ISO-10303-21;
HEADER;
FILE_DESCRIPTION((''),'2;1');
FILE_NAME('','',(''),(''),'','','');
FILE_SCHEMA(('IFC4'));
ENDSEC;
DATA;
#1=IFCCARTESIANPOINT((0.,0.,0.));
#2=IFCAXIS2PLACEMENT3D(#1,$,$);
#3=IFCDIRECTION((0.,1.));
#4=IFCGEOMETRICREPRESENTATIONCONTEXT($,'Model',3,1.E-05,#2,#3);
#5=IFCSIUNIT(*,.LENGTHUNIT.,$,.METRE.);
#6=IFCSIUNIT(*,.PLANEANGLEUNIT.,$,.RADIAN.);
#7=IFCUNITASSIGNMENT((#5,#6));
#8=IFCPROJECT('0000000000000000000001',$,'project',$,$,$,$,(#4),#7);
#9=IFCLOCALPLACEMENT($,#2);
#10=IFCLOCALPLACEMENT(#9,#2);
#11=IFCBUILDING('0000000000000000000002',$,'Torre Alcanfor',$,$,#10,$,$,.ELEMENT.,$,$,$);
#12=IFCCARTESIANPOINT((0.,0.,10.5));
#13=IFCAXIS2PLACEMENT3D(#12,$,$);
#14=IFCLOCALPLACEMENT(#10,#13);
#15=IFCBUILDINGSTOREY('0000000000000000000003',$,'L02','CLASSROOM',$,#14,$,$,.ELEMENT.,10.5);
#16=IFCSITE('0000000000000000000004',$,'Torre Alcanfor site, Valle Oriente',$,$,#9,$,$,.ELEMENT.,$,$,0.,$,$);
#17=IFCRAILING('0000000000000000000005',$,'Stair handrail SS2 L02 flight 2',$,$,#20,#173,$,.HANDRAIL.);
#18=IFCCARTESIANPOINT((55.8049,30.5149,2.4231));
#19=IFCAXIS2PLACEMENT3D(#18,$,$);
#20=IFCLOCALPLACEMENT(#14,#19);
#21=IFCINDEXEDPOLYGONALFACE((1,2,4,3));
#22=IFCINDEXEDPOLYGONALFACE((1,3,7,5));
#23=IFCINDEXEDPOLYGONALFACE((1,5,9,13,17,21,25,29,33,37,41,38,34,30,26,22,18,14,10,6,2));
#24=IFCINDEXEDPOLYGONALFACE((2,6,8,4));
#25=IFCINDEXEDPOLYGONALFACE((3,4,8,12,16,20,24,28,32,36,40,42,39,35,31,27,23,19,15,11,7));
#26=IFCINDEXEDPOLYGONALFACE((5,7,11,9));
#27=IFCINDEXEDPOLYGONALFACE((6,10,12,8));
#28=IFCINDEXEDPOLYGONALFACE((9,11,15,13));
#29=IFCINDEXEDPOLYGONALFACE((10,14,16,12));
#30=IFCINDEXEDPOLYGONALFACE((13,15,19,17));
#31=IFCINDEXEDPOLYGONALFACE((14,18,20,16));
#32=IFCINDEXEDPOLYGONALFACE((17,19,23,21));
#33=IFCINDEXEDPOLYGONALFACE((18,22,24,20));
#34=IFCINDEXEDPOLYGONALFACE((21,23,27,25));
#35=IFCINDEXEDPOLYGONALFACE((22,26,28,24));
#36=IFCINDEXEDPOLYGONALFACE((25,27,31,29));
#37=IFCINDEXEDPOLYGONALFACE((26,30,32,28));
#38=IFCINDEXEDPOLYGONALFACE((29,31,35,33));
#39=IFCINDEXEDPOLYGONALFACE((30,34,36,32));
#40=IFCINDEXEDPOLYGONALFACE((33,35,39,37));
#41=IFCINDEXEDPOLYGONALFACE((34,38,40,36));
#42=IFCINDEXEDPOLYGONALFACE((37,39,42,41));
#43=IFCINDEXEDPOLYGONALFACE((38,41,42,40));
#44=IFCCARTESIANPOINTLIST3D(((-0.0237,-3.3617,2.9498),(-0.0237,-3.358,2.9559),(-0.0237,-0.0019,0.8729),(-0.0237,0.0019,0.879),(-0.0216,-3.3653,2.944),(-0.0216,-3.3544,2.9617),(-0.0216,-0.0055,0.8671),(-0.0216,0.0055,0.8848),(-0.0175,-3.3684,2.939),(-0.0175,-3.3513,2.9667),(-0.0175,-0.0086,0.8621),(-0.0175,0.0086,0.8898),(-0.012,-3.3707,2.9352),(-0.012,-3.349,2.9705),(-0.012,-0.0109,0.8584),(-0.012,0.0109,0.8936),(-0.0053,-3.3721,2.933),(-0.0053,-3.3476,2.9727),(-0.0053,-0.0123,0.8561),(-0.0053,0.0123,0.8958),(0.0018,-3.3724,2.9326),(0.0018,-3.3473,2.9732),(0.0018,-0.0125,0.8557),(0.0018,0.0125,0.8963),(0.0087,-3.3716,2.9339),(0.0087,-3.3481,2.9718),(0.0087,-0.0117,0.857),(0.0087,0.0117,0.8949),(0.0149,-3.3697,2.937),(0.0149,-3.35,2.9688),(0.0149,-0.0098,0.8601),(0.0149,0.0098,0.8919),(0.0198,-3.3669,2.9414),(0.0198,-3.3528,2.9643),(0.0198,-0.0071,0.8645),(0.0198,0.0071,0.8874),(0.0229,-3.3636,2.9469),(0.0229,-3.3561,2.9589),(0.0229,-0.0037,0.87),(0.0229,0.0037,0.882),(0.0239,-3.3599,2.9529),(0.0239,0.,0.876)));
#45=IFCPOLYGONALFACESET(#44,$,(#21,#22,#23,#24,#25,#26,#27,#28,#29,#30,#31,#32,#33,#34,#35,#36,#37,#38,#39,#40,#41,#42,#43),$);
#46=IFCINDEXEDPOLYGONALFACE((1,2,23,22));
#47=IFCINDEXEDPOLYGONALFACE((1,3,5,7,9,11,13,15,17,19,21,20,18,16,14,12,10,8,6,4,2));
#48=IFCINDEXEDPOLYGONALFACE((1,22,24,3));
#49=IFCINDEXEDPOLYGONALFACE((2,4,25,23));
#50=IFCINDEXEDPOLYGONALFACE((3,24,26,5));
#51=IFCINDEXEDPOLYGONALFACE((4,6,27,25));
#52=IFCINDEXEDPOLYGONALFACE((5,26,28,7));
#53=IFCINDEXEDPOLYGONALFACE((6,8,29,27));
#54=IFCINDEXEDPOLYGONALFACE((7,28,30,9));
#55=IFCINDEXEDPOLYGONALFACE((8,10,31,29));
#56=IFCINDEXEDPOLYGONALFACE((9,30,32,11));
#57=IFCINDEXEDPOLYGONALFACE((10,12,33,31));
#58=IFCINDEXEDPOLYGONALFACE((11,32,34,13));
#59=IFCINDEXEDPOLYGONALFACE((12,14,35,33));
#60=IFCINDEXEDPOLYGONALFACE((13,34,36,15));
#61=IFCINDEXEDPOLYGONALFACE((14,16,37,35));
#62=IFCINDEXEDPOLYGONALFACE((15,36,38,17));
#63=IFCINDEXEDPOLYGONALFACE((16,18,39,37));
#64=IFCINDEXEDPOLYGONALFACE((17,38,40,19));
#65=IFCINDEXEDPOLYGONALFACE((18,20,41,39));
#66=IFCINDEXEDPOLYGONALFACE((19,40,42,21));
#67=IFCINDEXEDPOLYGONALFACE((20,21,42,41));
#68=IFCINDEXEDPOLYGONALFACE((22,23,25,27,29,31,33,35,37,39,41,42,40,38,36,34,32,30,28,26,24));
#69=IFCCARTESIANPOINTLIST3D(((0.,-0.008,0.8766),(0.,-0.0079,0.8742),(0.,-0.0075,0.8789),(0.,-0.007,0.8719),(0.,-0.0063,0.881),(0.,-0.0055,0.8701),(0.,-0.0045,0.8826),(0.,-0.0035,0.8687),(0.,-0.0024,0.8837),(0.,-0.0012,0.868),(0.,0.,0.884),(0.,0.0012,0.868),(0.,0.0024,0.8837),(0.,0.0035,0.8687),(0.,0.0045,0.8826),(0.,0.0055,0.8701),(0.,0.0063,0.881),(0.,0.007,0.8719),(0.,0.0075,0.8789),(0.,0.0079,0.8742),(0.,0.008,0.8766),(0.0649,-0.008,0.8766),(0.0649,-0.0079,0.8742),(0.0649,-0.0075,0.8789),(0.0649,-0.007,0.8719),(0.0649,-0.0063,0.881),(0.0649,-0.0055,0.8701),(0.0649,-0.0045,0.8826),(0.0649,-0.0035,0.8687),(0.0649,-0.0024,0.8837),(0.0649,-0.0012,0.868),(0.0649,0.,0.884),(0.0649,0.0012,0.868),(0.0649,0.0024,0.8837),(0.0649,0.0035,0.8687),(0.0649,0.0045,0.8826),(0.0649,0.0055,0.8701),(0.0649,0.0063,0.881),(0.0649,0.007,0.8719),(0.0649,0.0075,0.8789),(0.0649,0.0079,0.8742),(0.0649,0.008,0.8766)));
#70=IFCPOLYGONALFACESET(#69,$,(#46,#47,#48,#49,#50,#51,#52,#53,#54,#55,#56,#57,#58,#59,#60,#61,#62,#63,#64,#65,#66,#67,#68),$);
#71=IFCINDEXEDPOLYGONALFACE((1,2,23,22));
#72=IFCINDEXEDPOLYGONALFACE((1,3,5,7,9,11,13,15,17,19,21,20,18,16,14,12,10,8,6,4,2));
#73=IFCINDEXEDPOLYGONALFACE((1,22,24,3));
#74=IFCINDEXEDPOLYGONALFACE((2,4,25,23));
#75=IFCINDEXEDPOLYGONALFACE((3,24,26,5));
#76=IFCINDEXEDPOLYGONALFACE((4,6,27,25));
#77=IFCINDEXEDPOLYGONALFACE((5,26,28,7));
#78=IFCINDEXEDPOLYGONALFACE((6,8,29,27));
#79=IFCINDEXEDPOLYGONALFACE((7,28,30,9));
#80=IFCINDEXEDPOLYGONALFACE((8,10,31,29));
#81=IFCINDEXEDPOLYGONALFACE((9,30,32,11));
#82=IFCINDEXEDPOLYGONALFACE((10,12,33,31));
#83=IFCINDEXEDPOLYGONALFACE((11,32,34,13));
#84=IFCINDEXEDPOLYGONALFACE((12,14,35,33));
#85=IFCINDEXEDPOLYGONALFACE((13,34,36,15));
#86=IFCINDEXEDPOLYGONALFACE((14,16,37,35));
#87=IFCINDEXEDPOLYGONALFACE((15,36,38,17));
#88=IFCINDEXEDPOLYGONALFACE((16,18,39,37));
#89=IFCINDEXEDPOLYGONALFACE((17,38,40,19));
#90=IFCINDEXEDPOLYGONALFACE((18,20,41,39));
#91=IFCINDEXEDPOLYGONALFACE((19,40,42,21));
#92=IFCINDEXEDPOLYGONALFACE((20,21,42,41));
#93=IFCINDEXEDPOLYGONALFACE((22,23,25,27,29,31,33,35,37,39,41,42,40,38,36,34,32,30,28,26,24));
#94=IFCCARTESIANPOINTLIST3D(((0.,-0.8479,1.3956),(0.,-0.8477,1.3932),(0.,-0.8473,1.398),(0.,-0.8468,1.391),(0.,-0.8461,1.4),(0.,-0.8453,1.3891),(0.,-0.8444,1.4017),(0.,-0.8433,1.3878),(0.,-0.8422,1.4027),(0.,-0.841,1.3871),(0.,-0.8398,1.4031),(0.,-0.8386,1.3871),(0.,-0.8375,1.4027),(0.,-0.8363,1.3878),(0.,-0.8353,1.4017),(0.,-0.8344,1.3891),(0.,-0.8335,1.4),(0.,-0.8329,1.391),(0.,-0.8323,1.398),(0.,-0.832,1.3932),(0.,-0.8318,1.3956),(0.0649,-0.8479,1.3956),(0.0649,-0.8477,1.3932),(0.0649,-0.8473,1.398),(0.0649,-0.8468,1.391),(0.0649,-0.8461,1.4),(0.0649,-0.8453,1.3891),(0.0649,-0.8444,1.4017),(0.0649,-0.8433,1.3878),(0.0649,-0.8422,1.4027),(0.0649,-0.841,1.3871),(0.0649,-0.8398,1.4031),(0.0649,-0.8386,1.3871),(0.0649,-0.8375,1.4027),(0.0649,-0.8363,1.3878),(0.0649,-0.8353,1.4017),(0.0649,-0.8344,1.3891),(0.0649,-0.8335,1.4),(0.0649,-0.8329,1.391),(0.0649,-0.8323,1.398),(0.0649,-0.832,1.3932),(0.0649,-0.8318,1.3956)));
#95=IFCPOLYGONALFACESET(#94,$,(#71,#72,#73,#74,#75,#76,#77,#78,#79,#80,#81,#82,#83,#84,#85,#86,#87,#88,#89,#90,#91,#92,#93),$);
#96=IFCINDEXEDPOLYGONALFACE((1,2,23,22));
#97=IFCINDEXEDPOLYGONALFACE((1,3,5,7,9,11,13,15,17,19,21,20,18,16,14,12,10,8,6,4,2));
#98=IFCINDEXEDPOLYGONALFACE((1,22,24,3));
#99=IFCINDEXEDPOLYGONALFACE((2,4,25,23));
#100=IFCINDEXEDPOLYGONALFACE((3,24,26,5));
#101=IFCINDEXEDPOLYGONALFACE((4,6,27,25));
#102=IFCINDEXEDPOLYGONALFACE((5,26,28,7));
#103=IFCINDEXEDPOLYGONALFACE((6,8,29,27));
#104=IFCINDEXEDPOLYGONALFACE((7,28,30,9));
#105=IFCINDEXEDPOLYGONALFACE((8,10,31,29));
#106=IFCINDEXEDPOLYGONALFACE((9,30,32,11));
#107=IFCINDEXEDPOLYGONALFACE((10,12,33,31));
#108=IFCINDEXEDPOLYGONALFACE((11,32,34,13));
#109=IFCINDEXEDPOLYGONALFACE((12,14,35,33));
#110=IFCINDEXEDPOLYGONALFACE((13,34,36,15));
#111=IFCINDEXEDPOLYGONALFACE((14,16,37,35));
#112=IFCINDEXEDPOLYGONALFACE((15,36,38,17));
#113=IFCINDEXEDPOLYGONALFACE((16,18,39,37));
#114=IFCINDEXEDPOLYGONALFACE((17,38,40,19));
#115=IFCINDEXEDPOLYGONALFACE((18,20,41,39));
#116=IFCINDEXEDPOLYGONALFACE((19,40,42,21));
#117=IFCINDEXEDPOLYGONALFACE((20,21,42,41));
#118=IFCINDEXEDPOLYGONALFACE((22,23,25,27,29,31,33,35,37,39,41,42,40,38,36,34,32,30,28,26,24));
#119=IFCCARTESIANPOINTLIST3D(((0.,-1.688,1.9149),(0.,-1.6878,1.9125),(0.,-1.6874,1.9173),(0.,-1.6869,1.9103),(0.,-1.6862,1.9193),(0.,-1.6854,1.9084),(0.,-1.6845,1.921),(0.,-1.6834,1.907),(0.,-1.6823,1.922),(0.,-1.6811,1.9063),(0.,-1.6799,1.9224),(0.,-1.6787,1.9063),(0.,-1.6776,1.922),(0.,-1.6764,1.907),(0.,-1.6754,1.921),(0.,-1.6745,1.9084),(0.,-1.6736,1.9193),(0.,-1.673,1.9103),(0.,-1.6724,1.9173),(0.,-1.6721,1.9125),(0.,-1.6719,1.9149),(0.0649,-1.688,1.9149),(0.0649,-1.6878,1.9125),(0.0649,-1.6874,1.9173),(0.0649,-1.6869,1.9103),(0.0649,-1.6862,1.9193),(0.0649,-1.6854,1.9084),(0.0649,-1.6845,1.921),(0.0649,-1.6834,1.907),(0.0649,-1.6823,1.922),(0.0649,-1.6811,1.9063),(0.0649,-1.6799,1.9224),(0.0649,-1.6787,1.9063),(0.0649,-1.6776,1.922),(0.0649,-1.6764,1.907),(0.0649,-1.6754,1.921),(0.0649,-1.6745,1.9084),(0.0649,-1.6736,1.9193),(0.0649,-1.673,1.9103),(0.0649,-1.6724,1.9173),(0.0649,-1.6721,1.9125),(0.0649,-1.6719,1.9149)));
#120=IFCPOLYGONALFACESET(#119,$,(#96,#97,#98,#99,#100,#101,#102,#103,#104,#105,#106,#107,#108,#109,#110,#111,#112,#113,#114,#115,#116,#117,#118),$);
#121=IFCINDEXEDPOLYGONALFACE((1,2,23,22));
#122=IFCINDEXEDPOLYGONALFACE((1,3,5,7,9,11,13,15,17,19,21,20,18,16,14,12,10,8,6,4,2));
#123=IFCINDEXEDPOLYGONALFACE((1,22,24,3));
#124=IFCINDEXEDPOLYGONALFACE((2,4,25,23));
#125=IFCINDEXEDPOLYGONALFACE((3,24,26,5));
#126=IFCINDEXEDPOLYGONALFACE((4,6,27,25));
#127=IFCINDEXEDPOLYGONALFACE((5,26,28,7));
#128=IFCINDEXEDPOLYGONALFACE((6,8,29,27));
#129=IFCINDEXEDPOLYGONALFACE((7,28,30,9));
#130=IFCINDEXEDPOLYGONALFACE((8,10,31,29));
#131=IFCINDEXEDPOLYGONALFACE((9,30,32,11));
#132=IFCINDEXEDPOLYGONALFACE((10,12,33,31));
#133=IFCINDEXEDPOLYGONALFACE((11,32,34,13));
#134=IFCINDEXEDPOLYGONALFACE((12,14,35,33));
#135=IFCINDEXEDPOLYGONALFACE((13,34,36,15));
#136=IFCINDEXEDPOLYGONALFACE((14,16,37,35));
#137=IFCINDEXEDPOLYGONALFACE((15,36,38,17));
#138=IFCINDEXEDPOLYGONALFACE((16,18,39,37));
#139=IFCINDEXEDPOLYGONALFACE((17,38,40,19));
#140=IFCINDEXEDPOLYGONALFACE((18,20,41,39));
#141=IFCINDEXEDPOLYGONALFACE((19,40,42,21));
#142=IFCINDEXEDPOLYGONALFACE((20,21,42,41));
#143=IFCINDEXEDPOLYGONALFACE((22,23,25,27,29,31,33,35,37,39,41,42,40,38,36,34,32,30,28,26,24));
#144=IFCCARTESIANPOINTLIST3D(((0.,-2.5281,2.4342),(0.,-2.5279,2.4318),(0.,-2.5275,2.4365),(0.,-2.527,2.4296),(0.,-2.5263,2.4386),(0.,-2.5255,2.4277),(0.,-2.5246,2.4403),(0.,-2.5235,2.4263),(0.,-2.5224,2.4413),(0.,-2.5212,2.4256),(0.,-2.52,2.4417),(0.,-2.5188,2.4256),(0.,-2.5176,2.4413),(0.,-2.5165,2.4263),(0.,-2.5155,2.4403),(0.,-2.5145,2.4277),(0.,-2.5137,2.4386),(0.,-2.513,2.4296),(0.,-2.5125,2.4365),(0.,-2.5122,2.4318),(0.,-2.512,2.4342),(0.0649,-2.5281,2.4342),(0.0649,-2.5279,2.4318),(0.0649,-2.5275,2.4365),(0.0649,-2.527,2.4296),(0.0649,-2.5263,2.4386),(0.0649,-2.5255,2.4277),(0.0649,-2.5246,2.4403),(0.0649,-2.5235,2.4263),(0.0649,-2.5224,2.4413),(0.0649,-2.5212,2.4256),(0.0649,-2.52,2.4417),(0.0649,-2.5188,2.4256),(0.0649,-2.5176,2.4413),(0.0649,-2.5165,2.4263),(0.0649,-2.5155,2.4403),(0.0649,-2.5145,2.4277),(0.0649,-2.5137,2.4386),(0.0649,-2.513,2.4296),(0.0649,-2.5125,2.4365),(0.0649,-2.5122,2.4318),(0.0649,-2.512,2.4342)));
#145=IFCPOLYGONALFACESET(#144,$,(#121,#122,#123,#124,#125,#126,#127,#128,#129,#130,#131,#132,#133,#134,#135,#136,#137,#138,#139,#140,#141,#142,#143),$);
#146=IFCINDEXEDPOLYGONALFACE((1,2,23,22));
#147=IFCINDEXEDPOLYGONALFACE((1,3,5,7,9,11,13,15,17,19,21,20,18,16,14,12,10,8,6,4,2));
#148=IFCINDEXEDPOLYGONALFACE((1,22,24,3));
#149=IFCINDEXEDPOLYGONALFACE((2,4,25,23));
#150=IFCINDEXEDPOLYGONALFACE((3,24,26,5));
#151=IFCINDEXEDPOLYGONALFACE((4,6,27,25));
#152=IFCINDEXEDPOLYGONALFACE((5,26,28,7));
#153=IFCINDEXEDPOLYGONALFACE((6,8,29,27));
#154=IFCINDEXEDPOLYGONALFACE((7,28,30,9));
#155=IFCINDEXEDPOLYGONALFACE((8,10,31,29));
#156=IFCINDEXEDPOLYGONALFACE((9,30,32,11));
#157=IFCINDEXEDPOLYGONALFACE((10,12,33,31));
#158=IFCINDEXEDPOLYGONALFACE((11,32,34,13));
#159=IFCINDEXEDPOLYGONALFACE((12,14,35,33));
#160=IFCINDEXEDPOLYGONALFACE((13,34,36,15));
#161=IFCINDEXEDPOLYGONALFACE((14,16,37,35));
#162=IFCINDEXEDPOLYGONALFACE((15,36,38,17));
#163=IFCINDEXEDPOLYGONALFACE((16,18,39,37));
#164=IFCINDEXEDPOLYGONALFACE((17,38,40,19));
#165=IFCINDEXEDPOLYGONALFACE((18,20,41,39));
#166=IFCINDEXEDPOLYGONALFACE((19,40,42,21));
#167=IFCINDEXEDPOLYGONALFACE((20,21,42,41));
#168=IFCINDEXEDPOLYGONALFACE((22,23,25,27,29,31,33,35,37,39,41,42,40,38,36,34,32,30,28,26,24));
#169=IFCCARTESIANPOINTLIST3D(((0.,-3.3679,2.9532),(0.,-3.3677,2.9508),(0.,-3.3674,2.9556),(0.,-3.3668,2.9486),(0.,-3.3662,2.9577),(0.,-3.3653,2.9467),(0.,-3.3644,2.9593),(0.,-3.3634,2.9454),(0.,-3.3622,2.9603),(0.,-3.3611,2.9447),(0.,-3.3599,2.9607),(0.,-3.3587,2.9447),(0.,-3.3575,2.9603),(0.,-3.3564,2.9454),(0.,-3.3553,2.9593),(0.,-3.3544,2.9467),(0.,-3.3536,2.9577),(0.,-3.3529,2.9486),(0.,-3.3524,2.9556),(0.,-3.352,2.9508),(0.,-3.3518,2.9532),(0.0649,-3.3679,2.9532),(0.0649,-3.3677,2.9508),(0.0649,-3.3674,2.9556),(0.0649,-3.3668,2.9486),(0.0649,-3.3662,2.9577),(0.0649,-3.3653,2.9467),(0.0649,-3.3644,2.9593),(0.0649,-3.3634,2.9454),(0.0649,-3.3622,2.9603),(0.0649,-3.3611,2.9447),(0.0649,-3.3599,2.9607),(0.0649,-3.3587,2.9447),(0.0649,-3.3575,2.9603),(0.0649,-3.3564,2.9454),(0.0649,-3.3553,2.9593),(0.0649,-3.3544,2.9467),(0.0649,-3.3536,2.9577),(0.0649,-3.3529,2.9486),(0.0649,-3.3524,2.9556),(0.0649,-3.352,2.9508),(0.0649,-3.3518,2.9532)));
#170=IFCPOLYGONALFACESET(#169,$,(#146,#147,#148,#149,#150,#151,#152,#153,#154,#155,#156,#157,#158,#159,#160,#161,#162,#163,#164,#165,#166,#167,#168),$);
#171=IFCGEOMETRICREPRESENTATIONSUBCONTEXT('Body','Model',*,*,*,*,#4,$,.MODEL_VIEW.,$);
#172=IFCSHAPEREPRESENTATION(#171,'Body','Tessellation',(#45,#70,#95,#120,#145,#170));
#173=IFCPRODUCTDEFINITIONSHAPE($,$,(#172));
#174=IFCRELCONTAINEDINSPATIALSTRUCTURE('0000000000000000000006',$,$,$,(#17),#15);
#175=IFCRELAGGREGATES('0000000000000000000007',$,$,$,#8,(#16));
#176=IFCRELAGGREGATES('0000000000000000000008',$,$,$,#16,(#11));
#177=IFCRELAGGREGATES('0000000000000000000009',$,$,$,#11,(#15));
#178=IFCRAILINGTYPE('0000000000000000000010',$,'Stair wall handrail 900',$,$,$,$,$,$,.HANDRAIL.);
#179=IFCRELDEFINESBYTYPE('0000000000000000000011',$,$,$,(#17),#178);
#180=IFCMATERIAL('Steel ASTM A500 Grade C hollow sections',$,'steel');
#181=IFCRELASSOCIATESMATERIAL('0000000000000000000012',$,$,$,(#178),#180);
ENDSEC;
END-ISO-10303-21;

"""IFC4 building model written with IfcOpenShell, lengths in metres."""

from ifc_helpers import new_model, si_unit, direction, frame, origin, origin_2d, place, context, subcontext, project, spatial, circle, extrude, material, type_object, element, save


model = new_model("IFC4")

# Units and contexts
model_context = context("Model", 3, precision=1e-05, world=origin(), true_north=direction((0.0, 1.0)))
body_context = subcontext(model_context, "Body", "Model", "MODEL_VIEW")
ifc_project = project(units=[si_unit("LENGTHUNIT", "METRE"), si_unit("PLANEANGLEUNIT", "RADIAN")], contexts=[model_context])

# Site, building, storey
site_placement = place(None, origin())
site = spatial("IfcSite", under=ifc_project, at=site_placement, Name="Torre Alcanfor site, Valle Oriente", CompositionType="ELEMENT", RefElevation=0.0)
building_placement = place(site_placement, origin())
building = spatial("IfcBuilding", under=site, at=building_placement, Name="Torre Alcanfor", CompositionType="ELEMENT")
storey_placement = place(building_placement, frame((0.0, 0.0, 10.5)))
storey = spatial("IfcBuildingStorey", under=building, at=storey_placement, Name="L02", Description="CLASSROOM", CompositionType="ELEMENT", Elevation=10.5)

# Railing
ifc_material_1 = material(Name="Steel ASTM A500 Grade C hollow sections", Category="steel")
railing_type_1 = type_object("IfcRailingType", Name="Stair wall handrail 900", PredefinedType="HANDRAIL", material=ifc_material_1)
railing_1_placement = place(storey_placement, frame((55.8049, 30.5149, 2.4231)))
element("IfcRailing", 1, at=railing_1_placement, inside=storey, type_object=railing_type_1, Name="Stair handrail SS2 L02 flight 2", PredefinedType="HANDRAIL", context=body_context, shape_type="SweptSolid", body=[
    extrude(circle(Radius=0.0239, at=origin_2d()), frame((0.0, 0.0, 0.876), z_axis=(0.0, -0.850606, 0.525803), x_axis=(1.0, 0.0, 0.0)), (0.0, 0.0, 1.0), 3.95),
    extrude(circle(Radius=0.0081, at=origin_2d()), frame((0.0, 0.0, 0.876), z_axis=(1.0, 0.0, 0.0), x_axis=(0.0, 0.0, 1.0)), (0.0, 0.0, 1.0), 0.0649),
    extrude(circle(Radius=0.0081, at=origin_2d()), frame((0.0, -0.8398, 1.395), z_axis=(1.0, 0.0, 0.0), x_axis=(0.0, 0.0, 1.0)), (0.0, 0.0, 1.0), 0.0649),
    extrude(circle(Radius=0.0081, at=origin_2d()), frame((0.0, -1.6799, 1.9143), z_axis=(1.0, 0.0, 0.0), x_axis=(0.0, 0.0, 1.0)), (0.0, 0.0, 1.0), 0.0649),
    extrude(circle(Radius=0.0081, at=origin_2d()), frame((0.0, -2.52, 2.4336), z_axis=(1.0, 0.0, 0.0), x_axis=(0.0, 0.0, 1.0)), (0.0, 0.0, 1.0), 0.0649),
    extrude(circle(Radius=0.0081, at=origin_2d()), frame((0.0, -3.3599, 2.9526), z_axis=(1.0, 0.0, 0.0), x_axis=(0.0, 0.0, 1.0)), (0.0, 0.0, 1.0), 0.0649),
])

save(model, "model.ifc")
